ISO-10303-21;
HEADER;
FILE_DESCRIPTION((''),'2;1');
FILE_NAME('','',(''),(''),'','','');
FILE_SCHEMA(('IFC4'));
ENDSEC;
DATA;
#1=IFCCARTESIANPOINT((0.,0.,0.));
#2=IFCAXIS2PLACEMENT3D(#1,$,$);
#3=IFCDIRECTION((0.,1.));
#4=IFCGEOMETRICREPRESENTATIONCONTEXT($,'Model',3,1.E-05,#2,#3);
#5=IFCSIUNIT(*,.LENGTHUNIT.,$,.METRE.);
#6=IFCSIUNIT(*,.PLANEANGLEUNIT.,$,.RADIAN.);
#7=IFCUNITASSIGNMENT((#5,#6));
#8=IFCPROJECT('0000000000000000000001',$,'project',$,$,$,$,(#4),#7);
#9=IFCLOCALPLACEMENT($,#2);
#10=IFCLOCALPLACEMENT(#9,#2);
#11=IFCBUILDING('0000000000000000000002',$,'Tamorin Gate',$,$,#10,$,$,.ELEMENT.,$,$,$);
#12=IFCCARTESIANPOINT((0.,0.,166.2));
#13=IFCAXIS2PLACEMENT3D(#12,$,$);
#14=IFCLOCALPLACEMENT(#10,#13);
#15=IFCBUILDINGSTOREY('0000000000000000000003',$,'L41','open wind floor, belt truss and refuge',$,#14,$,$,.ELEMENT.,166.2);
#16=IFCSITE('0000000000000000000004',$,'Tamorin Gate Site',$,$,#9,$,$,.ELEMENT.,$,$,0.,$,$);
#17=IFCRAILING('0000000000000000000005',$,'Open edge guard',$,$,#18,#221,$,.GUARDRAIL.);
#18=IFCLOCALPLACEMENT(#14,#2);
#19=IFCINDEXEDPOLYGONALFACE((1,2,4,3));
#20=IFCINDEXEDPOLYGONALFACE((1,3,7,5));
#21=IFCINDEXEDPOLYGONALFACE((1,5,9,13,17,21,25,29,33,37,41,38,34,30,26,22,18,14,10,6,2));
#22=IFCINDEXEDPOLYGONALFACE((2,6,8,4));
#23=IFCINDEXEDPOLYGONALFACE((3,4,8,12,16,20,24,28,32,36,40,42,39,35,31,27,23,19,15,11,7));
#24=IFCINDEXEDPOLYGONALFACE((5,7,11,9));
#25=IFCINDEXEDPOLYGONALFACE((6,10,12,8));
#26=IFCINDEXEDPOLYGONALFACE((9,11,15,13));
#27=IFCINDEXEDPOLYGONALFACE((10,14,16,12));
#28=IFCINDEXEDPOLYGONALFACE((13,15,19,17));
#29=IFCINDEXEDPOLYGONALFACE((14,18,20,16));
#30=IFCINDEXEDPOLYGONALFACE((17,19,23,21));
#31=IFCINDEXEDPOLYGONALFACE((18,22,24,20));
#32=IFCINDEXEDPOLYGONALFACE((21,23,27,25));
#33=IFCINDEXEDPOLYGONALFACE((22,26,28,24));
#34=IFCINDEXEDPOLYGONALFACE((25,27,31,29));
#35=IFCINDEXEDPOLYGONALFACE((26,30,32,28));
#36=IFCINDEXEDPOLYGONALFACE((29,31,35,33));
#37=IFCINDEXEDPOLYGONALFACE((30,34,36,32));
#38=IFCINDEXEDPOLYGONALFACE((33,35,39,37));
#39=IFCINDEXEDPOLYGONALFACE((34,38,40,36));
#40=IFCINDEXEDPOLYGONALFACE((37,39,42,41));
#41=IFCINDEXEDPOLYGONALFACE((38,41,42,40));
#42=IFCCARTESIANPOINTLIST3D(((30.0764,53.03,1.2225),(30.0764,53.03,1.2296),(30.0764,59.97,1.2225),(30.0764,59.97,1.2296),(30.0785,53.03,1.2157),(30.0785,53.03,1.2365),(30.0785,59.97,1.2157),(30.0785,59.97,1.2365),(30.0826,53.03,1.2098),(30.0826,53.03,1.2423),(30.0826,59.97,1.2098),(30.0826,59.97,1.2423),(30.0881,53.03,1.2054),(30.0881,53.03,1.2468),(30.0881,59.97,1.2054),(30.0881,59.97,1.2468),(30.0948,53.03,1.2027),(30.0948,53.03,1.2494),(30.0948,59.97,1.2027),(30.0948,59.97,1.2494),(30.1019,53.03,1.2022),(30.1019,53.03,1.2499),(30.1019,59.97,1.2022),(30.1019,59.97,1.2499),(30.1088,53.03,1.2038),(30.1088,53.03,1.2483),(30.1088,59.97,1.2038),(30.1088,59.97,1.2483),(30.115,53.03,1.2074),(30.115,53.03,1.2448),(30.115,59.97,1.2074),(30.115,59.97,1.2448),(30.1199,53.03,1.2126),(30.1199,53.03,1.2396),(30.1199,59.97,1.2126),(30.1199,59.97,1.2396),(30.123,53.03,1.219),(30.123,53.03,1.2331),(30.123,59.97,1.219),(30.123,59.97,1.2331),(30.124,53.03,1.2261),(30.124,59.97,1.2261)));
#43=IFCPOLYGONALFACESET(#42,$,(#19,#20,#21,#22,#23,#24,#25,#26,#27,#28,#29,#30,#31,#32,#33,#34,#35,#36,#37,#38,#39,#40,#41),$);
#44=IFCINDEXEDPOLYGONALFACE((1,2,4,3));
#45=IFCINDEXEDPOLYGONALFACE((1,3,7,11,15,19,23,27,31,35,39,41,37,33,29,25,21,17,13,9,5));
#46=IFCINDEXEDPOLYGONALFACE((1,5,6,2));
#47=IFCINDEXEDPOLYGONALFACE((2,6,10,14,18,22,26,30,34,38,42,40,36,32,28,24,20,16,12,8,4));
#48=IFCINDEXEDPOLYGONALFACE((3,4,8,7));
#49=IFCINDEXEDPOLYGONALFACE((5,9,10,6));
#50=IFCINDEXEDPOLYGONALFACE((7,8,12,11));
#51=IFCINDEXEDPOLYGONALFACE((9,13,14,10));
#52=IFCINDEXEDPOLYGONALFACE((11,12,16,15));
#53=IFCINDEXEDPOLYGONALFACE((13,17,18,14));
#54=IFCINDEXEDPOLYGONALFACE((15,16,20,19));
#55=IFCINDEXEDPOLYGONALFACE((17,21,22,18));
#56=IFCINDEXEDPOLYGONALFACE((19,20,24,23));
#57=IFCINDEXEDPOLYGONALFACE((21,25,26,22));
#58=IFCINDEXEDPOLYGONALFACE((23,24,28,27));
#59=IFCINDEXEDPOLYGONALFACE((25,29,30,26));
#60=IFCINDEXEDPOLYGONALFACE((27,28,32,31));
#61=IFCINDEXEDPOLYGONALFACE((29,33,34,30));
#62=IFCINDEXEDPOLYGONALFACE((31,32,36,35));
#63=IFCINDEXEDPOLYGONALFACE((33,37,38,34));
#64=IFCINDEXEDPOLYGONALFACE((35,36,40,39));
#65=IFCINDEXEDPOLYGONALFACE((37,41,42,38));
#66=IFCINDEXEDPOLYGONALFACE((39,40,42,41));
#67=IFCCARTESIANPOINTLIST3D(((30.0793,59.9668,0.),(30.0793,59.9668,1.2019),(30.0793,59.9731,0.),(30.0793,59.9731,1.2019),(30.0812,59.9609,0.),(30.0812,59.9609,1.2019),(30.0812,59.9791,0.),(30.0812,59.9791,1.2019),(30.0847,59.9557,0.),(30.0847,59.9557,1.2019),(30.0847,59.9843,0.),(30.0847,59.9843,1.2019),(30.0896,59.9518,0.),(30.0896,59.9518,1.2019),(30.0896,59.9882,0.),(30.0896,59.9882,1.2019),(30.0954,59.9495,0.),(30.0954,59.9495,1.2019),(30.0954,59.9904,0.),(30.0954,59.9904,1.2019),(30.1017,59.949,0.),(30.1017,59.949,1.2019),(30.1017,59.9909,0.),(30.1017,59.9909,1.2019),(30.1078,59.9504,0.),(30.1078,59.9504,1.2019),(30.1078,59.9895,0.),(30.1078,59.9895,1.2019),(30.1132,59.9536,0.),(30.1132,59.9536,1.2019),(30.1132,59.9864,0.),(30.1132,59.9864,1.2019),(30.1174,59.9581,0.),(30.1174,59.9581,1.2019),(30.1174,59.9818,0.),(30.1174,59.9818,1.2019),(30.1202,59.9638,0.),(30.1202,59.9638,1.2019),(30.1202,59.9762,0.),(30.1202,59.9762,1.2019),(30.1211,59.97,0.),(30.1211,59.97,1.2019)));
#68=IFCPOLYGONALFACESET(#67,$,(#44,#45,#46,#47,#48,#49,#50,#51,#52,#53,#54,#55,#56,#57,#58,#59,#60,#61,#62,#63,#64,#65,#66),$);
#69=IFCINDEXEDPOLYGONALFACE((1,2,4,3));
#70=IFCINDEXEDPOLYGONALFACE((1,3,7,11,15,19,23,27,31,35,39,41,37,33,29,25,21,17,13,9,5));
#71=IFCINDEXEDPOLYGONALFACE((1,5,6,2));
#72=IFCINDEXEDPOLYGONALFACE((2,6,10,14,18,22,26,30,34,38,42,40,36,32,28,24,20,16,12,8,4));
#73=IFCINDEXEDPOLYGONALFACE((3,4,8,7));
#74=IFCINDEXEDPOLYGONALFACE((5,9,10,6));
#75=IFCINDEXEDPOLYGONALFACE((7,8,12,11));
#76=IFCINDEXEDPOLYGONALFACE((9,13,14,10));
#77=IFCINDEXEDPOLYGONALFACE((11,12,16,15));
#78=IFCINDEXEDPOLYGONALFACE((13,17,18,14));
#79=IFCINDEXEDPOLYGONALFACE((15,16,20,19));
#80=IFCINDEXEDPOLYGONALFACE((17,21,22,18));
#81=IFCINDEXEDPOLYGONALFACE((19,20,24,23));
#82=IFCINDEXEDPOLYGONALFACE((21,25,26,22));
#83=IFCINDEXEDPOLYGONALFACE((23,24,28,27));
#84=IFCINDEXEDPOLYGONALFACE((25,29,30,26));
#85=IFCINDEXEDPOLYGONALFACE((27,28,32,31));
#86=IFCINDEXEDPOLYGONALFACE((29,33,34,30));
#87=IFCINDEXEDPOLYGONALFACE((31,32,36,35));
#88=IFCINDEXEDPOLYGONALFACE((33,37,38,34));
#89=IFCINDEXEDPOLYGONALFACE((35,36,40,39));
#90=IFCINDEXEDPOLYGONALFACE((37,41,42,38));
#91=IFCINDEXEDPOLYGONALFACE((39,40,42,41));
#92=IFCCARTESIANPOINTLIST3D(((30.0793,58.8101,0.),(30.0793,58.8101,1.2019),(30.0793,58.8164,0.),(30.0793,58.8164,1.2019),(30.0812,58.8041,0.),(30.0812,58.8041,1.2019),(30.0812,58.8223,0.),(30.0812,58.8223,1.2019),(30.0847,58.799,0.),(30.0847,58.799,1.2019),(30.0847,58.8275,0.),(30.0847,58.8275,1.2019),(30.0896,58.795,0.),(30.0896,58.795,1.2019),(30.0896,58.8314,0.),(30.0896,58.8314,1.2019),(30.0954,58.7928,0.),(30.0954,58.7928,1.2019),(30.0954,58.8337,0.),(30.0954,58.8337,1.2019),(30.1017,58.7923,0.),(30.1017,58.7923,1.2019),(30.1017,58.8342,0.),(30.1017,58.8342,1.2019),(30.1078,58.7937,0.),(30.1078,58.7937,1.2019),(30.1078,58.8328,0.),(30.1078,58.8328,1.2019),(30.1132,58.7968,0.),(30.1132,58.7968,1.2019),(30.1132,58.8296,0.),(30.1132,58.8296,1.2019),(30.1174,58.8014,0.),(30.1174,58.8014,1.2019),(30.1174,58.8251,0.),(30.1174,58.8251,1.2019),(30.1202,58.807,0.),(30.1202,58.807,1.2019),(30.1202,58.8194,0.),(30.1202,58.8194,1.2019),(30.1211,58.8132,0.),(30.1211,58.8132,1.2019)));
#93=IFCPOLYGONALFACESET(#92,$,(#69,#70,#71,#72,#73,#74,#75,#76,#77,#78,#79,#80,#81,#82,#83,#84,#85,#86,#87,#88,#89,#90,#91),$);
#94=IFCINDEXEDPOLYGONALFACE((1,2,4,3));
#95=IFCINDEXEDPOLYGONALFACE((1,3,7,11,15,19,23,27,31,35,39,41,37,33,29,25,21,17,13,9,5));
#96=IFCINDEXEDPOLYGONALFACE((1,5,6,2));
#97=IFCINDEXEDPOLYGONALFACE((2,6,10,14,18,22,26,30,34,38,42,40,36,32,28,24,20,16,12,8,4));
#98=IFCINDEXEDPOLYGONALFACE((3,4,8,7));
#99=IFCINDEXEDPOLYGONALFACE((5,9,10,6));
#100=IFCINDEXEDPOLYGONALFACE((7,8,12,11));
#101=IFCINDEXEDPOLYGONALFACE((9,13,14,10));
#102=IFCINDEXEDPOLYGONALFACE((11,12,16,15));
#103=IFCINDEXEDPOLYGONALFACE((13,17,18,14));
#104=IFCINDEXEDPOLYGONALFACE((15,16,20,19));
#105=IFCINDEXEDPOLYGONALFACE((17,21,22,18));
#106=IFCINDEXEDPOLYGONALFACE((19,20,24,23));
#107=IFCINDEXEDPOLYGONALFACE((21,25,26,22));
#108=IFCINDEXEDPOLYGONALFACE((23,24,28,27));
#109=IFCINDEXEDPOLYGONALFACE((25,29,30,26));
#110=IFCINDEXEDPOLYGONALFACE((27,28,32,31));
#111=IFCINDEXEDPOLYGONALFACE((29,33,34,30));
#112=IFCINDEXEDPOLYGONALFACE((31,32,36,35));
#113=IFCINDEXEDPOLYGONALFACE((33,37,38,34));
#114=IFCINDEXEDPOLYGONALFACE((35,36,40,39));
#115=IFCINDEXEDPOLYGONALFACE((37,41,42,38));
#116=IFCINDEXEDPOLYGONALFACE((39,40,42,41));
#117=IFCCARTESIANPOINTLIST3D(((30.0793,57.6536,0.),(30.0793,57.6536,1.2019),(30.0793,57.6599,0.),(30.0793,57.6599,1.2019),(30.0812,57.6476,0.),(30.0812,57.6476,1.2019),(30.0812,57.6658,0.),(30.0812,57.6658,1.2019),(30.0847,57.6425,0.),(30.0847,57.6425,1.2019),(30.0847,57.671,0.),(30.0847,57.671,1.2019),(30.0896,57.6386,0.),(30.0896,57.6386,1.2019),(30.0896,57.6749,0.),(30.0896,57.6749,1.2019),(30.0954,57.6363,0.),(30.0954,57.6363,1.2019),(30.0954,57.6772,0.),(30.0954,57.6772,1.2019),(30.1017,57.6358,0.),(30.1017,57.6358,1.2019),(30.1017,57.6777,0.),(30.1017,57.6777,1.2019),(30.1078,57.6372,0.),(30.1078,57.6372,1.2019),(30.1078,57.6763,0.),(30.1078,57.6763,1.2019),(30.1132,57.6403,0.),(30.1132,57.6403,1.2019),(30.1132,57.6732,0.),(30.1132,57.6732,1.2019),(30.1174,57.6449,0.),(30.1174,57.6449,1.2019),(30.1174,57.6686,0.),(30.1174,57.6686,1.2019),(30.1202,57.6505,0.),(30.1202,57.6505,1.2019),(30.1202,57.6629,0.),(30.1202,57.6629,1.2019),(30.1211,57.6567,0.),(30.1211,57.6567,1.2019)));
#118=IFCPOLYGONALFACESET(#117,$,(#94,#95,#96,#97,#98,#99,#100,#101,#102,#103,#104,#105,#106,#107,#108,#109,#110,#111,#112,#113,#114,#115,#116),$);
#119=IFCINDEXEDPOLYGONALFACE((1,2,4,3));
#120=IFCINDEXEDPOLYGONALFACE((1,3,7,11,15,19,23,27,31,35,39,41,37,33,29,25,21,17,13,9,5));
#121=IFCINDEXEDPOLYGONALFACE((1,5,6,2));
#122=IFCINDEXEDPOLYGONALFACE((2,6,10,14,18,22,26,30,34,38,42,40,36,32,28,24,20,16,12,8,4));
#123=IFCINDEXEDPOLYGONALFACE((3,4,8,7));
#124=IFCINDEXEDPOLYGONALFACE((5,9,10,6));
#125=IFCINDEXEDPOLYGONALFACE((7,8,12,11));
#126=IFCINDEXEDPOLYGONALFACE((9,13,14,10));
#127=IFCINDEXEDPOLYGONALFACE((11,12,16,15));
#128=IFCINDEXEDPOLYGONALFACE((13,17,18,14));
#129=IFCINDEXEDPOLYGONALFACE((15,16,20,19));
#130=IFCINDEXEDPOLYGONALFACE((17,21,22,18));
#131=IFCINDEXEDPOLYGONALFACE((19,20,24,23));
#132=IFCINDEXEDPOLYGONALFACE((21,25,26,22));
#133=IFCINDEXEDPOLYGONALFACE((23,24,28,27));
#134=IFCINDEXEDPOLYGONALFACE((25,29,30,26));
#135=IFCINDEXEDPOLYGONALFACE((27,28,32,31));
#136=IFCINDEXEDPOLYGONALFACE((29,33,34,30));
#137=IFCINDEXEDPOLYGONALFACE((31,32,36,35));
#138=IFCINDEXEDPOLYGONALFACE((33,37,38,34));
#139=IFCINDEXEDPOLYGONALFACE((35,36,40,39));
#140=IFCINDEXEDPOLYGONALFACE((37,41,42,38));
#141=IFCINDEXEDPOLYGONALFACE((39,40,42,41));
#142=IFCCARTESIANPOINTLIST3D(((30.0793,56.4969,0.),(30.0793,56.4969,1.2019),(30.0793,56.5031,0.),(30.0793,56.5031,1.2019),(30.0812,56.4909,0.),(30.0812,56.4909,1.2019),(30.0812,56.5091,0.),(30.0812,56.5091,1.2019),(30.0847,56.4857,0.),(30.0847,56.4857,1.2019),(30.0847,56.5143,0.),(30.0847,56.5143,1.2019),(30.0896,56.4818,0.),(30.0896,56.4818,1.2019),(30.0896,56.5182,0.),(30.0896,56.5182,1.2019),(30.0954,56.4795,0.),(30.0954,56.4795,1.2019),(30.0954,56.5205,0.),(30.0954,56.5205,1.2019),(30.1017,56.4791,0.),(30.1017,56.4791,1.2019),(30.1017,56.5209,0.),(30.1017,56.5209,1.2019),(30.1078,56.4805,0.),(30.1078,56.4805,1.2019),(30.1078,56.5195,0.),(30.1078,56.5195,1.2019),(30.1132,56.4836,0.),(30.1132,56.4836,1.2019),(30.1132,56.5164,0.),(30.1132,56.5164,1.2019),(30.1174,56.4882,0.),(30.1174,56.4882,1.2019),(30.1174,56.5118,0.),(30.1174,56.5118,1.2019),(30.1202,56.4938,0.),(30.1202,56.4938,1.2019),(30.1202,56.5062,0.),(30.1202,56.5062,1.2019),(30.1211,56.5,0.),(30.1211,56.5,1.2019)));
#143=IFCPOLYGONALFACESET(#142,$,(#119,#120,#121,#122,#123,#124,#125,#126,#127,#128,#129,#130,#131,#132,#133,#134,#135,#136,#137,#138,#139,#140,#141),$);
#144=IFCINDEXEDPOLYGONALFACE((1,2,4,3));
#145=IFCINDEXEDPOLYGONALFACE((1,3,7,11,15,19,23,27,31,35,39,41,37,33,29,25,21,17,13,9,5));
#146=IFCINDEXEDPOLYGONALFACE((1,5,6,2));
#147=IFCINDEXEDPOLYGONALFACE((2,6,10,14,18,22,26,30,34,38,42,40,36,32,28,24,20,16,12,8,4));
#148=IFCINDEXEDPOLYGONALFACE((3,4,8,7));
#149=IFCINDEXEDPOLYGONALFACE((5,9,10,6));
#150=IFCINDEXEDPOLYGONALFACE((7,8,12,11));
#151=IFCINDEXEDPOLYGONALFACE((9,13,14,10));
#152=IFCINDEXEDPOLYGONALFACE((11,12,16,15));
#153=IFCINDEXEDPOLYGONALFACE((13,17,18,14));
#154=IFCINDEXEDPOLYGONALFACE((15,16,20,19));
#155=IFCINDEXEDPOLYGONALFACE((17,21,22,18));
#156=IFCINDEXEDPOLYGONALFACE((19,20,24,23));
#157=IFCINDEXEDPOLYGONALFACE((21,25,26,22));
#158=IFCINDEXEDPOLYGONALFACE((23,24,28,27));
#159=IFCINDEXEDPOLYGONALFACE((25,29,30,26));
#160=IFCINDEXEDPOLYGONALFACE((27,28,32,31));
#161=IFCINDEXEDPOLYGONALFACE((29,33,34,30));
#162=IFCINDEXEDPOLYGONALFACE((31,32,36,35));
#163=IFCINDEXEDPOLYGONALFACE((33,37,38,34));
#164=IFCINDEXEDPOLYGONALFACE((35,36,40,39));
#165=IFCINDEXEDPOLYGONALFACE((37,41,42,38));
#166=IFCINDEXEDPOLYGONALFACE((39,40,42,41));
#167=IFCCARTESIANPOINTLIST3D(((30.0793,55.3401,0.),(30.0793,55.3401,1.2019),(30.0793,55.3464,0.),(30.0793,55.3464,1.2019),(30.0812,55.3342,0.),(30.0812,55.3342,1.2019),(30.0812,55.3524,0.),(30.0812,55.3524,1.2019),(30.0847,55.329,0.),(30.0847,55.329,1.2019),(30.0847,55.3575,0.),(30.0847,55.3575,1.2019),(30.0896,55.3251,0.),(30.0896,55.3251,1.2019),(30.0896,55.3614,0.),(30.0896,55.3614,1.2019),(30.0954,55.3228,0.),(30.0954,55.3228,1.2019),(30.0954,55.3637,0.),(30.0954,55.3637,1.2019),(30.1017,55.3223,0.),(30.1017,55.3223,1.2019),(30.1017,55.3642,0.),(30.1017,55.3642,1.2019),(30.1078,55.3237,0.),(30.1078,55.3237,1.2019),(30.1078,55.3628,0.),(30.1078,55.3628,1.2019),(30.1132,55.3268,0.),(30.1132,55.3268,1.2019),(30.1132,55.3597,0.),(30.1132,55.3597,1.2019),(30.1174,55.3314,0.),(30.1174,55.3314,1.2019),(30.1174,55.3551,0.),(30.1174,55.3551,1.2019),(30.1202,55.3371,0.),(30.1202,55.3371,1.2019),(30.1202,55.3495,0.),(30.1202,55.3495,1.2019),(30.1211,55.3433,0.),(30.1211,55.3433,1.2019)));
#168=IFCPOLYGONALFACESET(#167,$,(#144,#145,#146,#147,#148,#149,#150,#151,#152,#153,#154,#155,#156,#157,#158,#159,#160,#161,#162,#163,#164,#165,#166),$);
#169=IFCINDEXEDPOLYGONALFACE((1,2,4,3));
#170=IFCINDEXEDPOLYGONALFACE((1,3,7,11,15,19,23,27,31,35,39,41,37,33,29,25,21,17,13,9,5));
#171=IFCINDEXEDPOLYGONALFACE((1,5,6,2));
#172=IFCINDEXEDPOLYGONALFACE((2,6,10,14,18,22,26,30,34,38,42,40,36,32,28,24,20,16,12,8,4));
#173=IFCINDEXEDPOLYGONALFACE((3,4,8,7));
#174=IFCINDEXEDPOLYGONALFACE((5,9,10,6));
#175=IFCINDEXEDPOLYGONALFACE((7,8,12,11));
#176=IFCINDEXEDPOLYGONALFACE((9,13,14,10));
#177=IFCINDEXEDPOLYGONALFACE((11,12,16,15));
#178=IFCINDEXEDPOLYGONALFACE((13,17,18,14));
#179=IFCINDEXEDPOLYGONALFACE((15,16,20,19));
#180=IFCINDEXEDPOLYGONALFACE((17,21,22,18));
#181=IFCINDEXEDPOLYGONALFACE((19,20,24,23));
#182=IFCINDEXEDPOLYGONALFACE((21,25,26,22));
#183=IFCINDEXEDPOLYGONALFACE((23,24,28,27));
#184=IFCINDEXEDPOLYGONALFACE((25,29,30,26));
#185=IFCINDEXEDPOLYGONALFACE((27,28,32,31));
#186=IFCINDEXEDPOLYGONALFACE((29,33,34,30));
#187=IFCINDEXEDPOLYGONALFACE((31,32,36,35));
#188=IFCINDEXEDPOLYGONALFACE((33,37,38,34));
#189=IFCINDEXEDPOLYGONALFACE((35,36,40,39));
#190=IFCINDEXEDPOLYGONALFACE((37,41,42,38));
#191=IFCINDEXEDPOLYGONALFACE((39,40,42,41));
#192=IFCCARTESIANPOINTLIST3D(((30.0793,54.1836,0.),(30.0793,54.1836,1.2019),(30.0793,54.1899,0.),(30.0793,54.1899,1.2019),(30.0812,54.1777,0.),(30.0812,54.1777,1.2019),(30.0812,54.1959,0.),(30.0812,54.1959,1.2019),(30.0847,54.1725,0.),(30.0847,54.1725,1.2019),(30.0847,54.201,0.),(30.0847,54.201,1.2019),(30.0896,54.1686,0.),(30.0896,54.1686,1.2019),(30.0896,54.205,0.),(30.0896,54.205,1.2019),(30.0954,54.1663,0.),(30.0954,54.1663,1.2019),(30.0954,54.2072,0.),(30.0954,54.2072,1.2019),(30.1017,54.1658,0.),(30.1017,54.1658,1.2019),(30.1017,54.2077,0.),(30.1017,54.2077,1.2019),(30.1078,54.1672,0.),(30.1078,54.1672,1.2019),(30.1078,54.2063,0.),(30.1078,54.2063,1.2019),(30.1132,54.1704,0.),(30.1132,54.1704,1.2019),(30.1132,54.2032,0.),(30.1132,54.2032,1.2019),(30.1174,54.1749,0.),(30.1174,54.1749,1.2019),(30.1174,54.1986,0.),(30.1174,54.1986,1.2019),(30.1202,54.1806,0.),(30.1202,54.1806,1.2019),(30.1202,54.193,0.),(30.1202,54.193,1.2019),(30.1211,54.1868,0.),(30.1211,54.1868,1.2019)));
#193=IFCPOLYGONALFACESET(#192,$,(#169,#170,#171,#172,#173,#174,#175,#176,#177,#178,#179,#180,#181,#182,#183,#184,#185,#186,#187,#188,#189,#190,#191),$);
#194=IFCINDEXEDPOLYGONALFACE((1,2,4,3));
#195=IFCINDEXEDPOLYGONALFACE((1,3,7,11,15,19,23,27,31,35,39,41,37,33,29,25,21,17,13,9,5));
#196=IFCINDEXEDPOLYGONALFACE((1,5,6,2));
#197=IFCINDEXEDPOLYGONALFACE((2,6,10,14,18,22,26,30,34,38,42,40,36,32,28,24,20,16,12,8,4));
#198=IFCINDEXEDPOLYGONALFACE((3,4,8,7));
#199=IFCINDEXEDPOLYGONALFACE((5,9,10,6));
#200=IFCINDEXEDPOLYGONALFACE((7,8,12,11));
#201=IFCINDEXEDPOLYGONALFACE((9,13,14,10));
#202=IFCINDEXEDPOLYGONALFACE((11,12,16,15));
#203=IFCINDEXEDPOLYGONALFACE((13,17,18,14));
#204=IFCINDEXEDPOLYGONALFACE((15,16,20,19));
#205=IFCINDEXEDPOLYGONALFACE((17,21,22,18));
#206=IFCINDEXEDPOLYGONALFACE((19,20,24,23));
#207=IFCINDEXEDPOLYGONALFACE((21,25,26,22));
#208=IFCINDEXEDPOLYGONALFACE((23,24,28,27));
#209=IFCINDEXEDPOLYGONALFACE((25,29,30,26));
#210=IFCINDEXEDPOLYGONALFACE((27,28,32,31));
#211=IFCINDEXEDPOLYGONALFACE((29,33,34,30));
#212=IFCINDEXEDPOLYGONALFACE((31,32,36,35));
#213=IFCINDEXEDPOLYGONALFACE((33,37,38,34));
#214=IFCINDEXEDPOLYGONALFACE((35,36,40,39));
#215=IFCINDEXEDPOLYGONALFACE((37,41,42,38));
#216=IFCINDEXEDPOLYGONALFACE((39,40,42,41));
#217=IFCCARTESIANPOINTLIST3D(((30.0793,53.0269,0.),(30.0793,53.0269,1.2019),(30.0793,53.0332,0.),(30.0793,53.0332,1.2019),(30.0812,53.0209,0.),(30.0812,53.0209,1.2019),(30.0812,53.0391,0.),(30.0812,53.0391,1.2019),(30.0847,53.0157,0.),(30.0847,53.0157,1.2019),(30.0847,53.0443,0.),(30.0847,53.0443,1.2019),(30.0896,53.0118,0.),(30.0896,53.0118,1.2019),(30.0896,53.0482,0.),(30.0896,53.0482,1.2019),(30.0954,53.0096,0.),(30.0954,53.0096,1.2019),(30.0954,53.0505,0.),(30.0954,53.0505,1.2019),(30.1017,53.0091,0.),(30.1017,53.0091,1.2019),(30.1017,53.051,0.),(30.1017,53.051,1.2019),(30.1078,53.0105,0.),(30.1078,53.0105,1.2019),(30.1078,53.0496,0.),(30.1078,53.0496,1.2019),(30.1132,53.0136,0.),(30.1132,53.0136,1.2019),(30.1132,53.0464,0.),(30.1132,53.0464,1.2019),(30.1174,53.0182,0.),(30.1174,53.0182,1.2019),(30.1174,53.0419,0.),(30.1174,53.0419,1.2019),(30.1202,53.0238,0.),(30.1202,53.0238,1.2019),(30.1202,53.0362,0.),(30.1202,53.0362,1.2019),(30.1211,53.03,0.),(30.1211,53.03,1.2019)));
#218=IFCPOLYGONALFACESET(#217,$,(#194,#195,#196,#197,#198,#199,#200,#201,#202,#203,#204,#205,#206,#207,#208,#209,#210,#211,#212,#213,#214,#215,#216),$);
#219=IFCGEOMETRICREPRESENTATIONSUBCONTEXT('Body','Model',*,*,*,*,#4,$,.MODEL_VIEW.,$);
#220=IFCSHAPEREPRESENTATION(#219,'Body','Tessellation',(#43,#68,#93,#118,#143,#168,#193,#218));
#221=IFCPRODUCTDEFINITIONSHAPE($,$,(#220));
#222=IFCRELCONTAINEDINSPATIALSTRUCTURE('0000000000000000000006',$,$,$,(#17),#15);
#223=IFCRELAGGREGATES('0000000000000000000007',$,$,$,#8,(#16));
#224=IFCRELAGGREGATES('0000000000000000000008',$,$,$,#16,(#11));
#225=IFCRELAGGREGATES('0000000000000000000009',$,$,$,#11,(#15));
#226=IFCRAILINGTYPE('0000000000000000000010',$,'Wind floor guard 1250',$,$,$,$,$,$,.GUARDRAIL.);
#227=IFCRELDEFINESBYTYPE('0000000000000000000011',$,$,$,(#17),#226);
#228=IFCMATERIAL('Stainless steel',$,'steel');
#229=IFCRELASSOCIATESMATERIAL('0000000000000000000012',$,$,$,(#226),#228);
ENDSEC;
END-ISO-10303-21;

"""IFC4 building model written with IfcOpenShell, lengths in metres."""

from ifc_helpers import new_model, si_unit, direction, frame, origin, origin_2d, place, context, subcontext, project, spatial, circle, extrude, material, type_object, element, save


model = new_model("IFC4")

# Units and contexts
model_context = context("Model", 3, precision=1e-05, world=origin(), true_north=direction((0.0, 1.0)))
body_context = subcontext(model_context, "Body", "Model", "MODEL_VIEW")
ifc_project = project(units=[si_unit("LENGTHUNIT", "METRE"), si_unit("PLANEANGLEUNIT", "RADIAN")], contexts=[model_context])

# Site, building, storey
site_placement = place(None, origin())
site = spatial("IfcSite", under=ifc_project, at=site_placement, Name="Tamorin Gate Site", CompositionType="ELEMENT", RefElevation=0.0)
building_placement = place(site_placement, origin())
building = spatial("IfcBuilding", under=site, at=building_placement, Name="Tamorin Gate", CompositionType="ELEMENT")
storey_placement = place(building_placement, frame((0.0, 0.0, 166.2)))
storey = spatial("IfcBuildingStorey", under=building, at=storey_placement, Name="L41", Description="open wind floor, belt truss and refuge", CompositionType="ELEMENT", Elevation=166.2)

# Railing
ifc_material_1 = material(Name="Stainless steel", Category="steel")
railing_type = type_object("IfcRailingType", Name="Wind floor guard 1250", PredefinedType="GUARDRAIL", material=ifc_material_1)
railing_1_placement = place(storey_placement, frame((30.1001, 59.97, 0.0)))
element("IfcRailing", 1, at=railing_1_placement, inside=storey, type_object=railing_type, Name="Open edge guard", PredefinedType="GUARDRAIL", context=body_context, shape_type="SweptSolid", body=[
    extrude(circle(Radius=0.0239, at=origin_2d()), frame((0.0, 0.0, 1.2261), z_axis=(0.0, -1.0, 0.0), x_axis=(1.0, 0.0, 0.0)), (0.0, 0.0, 1.0), 6.9399),
    extrude(circle(Radius=0.021, at=origin_2d()), origin(), (0.0, 0.0, 1.0), 1.2019),
    extrude(circle(Radius=0.021, at=origin_2d()), frame((0.0, -1.1567, 0.0)), (0.0, 0.0, 1.0), 1.2019),
    extrude(circle(Radius=0.021, at=origin_2d()), frame((0.0, -2.3132, 0.0)), (0.0, 0.0, 1.0), 1.2019),
    extrude(circle(Radius=0.021, at=origin_2d()), frame((0.0, -3.47, 0.0)), (0.0, 0.0, 1.0), 1.2019),
    extrude(circle(Radius=0.021, at=origin_2d()), frame((0.0, -4.6267, 0.0)), (0.0, 0.0, 1.0), 1.2019),
    extrude(circle(Radius=0.021, at=origin_2d()), frame((0.0, -5.7832, 0.0)), (0.0, 0.0, 1.0), 1.2019),
    extrude(circle(Radius=0.021, at=origin_2d()), frame((0.0, -6.9399, 0.0)), (0.0, 0.0, 1.0), 1.2019),
])

save(model, "model.ifc")
